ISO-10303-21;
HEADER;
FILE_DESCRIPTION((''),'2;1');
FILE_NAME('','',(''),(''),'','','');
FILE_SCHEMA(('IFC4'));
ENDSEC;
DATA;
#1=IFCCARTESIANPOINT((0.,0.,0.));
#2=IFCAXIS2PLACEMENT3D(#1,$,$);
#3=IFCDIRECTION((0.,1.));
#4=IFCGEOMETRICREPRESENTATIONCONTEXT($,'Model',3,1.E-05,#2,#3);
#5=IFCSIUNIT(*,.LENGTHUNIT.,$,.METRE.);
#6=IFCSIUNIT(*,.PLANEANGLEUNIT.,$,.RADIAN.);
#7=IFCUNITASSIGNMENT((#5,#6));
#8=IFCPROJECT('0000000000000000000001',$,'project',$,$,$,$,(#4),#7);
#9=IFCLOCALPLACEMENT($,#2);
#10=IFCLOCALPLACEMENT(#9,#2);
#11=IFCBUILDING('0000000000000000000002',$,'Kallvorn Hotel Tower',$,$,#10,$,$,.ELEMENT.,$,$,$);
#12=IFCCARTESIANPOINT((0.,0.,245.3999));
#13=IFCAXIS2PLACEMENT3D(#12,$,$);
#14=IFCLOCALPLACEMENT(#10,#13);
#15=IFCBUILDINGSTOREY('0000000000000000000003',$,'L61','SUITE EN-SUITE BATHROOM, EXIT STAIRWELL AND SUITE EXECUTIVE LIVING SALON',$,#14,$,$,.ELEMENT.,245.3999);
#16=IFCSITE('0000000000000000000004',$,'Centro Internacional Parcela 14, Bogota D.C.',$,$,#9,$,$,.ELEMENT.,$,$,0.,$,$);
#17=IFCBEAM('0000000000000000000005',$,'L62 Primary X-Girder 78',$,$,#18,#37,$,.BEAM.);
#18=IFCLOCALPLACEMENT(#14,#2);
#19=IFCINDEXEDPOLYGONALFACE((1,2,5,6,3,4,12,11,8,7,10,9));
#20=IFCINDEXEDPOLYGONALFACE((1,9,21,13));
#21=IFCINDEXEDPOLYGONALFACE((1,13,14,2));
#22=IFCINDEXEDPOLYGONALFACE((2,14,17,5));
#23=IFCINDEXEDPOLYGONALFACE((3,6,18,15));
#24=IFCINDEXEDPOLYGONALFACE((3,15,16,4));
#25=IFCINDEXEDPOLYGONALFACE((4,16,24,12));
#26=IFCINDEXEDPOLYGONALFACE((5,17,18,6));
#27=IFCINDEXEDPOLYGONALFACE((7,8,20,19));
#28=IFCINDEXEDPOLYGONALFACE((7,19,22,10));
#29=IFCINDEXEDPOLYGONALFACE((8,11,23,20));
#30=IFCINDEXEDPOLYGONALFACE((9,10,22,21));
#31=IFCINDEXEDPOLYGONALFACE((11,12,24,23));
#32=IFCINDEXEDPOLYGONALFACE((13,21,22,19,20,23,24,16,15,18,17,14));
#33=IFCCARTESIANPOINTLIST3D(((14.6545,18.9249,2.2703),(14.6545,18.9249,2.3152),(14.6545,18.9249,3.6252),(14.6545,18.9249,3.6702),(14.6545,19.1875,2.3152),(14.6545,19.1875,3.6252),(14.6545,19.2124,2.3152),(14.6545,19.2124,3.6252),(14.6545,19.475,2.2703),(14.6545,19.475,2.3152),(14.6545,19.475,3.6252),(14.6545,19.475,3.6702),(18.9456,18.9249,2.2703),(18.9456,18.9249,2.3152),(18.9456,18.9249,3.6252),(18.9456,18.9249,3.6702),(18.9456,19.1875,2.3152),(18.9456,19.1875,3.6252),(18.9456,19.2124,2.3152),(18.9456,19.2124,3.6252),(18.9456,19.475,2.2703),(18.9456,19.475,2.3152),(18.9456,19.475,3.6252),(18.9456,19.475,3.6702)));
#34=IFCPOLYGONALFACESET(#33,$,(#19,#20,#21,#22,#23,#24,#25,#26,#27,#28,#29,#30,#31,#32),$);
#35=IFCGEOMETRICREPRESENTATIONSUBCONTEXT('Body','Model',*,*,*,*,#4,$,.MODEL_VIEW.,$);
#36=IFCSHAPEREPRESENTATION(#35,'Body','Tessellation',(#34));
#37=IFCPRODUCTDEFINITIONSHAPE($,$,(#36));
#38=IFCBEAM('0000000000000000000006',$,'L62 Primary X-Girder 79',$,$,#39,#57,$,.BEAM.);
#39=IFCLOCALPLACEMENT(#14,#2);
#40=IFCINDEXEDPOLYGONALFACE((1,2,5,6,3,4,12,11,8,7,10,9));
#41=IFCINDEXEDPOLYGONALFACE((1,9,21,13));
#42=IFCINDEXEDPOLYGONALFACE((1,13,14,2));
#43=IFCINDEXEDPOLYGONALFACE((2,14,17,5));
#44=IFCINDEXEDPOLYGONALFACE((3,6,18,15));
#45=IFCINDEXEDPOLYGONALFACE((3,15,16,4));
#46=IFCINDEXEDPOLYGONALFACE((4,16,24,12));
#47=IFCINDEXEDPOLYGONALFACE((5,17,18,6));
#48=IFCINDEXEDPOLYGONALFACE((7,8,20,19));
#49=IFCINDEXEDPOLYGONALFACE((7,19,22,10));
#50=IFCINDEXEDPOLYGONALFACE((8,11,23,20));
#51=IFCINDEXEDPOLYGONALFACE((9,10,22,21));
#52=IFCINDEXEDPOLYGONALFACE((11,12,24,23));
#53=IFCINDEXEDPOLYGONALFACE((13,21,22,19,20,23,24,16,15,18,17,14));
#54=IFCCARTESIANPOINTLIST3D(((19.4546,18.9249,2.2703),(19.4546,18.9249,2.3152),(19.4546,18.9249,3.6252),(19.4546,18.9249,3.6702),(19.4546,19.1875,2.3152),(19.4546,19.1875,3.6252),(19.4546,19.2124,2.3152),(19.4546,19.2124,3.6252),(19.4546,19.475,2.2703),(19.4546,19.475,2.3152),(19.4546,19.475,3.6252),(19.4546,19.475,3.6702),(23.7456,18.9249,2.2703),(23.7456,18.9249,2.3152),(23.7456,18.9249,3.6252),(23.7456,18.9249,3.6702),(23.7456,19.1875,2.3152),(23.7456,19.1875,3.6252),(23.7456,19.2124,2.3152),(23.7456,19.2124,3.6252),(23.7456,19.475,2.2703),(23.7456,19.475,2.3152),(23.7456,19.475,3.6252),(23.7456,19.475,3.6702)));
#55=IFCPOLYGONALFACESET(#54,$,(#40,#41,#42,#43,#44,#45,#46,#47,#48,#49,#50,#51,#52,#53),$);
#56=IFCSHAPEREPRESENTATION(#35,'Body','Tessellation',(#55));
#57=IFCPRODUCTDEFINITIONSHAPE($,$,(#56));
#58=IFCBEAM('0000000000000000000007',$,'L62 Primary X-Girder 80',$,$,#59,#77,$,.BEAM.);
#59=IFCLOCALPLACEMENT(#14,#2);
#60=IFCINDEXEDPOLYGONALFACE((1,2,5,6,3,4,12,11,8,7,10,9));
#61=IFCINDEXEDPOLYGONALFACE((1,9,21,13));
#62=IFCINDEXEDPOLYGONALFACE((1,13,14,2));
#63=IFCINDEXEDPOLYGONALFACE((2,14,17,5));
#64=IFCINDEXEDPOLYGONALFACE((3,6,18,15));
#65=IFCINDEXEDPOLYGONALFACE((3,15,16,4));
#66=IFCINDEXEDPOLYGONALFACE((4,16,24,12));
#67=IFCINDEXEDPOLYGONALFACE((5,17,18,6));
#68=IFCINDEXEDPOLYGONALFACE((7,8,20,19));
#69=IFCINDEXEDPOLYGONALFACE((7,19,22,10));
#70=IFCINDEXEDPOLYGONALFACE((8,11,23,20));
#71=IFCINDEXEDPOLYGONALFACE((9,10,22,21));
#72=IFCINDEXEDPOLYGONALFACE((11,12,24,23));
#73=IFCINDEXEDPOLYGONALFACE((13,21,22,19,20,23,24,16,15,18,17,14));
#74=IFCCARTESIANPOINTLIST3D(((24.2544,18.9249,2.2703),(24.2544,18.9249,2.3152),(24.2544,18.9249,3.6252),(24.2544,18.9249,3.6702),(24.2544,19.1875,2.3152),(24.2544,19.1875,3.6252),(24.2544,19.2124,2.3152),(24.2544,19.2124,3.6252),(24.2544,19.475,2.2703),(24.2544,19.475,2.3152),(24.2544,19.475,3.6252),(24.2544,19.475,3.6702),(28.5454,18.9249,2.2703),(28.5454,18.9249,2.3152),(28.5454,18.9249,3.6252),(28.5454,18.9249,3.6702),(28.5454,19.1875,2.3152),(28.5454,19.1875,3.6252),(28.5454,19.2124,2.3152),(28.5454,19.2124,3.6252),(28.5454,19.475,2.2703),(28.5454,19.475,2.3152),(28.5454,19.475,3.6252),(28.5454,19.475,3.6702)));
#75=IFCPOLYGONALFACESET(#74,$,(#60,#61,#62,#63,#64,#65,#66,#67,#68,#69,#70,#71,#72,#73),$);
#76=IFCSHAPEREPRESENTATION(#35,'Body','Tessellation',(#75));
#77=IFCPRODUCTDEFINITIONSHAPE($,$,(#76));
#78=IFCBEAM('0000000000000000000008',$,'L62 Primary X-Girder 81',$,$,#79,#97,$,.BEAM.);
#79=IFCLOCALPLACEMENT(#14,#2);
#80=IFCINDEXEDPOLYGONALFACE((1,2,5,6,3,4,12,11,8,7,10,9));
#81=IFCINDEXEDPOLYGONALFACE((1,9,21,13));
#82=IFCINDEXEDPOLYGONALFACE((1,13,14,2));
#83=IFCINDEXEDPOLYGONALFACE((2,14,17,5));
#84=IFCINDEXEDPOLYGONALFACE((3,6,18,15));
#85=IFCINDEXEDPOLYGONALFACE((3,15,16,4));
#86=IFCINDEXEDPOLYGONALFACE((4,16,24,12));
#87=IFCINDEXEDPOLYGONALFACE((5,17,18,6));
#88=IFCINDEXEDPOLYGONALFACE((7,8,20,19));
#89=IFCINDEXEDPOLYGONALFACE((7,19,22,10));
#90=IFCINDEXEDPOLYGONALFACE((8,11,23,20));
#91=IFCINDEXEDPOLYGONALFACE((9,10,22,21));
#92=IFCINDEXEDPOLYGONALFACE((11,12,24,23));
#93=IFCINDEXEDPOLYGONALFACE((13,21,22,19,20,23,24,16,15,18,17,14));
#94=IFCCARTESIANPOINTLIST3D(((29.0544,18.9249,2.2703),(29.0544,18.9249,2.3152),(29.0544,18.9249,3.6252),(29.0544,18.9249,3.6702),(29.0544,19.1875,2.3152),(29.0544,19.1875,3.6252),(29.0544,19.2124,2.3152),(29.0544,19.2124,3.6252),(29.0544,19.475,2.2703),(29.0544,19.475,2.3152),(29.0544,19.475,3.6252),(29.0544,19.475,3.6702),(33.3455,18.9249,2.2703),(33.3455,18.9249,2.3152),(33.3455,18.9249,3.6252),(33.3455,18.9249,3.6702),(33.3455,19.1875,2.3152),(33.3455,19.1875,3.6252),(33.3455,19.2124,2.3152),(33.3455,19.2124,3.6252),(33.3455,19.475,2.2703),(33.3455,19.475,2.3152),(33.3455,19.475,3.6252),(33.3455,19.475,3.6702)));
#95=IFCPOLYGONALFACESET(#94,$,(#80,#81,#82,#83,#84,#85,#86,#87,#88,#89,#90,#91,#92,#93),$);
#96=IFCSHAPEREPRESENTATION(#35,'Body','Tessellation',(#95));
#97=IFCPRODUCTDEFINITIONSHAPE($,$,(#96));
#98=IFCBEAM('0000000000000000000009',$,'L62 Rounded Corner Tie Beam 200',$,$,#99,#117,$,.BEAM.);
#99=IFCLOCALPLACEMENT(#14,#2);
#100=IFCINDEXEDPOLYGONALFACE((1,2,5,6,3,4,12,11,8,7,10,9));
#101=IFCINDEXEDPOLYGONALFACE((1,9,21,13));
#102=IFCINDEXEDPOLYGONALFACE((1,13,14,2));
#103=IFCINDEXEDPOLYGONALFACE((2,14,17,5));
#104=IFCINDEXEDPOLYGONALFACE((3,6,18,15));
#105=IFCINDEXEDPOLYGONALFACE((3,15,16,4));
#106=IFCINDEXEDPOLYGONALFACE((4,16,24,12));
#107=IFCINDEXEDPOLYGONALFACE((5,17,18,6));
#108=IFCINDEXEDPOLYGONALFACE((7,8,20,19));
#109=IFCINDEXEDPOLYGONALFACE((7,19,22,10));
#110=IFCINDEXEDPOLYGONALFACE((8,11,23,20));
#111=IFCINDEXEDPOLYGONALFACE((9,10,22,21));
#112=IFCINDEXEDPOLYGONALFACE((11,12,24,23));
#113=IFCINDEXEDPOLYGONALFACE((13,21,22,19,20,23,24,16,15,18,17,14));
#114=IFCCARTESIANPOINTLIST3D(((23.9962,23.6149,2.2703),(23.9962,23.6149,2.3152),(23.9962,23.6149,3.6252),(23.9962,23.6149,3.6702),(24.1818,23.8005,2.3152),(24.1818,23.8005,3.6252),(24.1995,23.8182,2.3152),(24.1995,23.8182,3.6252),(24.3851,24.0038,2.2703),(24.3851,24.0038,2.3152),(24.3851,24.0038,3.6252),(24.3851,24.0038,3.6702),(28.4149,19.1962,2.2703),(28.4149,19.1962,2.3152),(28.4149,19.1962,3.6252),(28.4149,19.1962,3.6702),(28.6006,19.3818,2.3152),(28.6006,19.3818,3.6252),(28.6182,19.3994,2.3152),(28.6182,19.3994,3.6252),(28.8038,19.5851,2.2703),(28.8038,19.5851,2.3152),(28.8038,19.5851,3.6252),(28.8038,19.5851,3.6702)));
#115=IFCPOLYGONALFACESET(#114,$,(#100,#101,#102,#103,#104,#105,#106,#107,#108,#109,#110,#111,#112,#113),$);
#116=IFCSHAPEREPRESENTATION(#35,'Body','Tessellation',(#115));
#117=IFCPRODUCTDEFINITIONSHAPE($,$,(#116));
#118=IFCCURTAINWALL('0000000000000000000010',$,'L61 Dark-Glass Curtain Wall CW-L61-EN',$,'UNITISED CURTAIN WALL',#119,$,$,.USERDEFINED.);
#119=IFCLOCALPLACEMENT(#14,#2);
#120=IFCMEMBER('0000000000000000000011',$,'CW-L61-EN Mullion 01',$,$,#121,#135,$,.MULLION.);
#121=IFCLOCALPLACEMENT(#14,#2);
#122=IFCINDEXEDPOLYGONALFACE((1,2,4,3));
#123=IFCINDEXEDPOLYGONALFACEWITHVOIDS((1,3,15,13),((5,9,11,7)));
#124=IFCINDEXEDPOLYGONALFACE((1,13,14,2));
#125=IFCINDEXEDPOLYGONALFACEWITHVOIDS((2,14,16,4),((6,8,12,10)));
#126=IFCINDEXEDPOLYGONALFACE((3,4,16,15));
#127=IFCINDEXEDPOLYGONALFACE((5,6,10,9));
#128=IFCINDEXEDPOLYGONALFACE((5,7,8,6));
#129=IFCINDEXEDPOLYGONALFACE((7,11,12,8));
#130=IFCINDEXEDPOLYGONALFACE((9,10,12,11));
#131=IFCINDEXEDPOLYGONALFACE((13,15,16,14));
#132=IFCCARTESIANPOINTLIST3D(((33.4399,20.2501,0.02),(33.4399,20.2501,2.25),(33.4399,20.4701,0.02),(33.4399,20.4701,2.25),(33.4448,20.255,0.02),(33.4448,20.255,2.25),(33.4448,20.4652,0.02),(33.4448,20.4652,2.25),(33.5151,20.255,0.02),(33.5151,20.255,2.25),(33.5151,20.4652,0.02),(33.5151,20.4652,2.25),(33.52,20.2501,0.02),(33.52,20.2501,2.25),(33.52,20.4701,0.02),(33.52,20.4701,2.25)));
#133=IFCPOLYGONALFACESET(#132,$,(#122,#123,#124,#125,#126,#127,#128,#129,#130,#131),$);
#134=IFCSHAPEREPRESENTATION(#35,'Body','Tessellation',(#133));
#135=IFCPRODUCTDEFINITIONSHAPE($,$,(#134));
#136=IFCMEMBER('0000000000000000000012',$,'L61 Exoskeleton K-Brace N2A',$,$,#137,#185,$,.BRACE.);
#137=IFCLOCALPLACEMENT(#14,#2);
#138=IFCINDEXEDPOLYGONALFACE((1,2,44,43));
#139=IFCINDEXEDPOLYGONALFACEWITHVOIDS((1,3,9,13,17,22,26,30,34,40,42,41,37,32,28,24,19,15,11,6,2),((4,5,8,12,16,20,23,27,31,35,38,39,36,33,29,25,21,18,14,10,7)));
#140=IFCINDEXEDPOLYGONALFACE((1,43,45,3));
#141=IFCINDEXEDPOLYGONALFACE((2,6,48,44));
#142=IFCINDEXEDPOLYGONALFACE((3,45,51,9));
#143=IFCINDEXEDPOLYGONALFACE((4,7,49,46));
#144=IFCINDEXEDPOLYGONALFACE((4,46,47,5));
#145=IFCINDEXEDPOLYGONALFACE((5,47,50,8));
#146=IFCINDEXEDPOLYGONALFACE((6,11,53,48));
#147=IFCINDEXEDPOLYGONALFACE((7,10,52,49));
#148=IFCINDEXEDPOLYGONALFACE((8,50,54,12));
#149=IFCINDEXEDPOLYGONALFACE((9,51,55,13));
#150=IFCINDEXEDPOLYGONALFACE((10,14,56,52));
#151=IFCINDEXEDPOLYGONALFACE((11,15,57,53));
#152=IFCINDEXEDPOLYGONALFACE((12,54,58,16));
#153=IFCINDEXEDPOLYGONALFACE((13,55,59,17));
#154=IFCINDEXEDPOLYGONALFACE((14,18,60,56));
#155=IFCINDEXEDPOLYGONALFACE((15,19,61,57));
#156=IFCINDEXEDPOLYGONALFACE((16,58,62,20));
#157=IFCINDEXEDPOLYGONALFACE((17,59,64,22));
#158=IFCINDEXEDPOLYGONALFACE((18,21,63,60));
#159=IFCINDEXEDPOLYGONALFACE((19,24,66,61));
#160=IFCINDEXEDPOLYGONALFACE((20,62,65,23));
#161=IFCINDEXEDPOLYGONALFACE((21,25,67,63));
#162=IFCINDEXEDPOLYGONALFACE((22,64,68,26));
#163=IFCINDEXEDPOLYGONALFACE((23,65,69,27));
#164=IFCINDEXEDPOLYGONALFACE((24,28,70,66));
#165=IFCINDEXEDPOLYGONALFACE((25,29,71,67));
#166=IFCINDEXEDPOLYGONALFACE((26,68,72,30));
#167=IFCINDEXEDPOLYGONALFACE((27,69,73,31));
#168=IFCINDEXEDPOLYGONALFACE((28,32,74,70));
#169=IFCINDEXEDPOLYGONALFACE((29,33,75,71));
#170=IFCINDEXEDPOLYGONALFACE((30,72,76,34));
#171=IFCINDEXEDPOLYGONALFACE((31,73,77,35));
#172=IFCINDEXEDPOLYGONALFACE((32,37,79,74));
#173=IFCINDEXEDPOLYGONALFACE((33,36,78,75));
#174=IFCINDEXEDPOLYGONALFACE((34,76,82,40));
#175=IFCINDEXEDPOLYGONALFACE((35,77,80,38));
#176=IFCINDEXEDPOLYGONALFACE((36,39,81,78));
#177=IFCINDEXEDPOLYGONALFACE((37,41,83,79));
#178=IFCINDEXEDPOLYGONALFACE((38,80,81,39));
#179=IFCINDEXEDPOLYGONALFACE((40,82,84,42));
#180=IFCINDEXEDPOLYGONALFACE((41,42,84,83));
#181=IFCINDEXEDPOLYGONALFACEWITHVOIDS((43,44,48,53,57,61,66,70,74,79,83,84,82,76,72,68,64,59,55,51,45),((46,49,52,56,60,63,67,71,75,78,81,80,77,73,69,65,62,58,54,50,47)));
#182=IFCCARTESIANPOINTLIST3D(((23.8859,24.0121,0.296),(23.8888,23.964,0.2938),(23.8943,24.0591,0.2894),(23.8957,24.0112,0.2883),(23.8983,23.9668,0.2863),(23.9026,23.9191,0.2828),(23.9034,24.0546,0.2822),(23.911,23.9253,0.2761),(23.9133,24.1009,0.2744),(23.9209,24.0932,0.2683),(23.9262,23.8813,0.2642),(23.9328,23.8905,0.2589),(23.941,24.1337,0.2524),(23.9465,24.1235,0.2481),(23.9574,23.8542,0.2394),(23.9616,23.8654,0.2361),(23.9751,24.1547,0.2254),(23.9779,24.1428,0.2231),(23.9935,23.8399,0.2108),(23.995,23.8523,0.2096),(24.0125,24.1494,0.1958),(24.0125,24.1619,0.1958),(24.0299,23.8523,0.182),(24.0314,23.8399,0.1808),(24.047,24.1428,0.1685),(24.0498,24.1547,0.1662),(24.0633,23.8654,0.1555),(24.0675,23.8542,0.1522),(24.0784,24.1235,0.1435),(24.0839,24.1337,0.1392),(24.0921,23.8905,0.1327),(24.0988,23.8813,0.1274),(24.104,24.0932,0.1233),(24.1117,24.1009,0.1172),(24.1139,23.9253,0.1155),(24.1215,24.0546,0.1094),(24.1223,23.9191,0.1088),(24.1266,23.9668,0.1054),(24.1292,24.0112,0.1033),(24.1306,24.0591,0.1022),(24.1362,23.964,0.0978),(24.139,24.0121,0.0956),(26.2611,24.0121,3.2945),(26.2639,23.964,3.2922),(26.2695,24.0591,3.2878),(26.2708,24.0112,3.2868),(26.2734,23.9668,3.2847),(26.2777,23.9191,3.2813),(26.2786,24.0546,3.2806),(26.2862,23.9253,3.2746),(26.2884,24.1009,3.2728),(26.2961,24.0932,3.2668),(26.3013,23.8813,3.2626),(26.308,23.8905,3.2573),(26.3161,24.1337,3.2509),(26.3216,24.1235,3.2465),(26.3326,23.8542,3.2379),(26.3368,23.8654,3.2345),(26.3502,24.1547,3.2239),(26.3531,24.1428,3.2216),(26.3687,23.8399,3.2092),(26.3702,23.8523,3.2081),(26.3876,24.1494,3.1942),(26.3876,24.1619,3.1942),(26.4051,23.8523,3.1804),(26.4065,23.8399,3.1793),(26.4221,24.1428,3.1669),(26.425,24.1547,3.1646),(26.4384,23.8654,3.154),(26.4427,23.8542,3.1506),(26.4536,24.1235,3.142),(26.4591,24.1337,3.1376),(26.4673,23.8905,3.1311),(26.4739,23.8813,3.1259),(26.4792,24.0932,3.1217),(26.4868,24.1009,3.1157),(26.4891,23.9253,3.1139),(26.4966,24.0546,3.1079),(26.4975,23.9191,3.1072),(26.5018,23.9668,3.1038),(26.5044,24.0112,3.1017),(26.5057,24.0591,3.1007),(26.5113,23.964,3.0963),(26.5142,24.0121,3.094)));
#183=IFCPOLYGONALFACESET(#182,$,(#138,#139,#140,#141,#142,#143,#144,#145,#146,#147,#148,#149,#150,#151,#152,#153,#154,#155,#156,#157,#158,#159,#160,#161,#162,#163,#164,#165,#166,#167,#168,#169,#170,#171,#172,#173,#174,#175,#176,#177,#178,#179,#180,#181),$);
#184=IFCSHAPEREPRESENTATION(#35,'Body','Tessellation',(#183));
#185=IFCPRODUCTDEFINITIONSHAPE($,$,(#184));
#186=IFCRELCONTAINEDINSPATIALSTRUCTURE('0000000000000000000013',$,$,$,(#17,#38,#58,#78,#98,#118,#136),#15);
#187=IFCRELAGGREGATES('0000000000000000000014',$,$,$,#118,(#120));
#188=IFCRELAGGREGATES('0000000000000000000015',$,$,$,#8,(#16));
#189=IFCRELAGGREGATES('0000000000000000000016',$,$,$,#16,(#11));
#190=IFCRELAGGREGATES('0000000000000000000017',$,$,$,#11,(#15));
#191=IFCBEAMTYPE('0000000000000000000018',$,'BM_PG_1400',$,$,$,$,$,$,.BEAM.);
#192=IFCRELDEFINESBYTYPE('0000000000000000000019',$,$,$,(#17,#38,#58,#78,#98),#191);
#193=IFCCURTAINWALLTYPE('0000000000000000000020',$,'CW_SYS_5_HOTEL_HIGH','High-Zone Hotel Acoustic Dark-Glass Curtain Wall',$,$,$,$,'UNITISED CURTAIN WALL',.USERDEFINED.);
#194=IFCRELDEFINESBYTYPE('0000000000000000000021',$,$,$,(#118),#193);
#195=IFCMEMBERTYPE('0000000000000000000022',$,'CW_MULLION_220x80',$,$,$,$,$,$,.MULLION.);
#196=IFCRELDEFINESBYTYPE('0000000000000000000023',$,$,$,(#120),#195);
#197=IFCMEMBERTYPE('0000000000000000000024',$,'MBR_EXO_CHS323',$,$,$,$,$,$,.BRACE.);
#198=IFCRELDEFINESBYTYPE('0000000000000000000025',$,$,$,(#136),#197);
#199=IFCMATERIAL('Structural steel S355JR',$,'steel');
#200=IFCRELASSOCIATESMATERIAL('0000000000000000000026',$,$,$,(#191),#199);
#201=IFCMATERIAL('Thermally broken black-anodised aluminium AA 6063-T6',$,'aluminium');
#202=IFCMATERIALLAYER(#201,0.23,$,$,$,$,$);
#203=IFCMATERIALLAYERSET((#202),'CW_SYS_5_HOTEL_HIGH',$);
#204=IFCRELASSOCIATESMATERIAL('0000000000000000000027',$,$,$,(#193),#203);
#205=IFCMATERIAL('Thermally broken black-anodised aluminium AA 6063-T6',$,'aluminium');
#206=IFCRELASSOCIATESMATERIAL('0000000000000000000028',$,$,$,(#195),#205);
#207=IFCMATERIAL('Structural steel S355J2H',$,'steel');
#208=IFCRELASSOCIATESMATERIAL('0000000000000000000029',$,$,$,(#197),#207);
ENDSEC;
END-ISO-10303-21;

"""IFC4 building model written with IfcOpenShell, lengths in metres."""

from ifc_helpers import new_model, si_unit, direction, frame, origin, origin_2d, place, context, subcontext, project, spatial, hollow_rectangle, hollow_circle, i_section, extrude, material, layer, layer_set, material_profile, profile_set, type_object, element, aggregate, save


model = new_model("IFC4")

# Units and contexts
model_context = context("Model", 3, precision=1e-05, world=origin(), true_north=direction((0.0, 1.0)))
body_context = subcontext(model_context, "Body", "Model", "MODEL_VIEW")
ifc_project = project(units=[si_unit("LENGTHUNIT", "METRE"), si_unit("PLANEANGLEUNIT", "RADIAN")], contexts=[model_context])

# Site, building, storey
site_placement = place(None, origin())
site = spatial("IfcSite", under=ifc_project, at=site_placement, Name="Centro Internacional Parcela 14, Bogota D.C.", CompositionType="ELEMENT", RefElevation=0.0)
building_placement = place(site_placement, origin())
building = spatial("IfcBuilding", under=site, at=building_placement, Name="Kallvorn Hotel Tower", CompositionType="ELEMENT")
storey_placement = place(building_placement, frame((0.0, 0.0, 245.3999)))
storey = spatial("IfcBuildingStorey", under=building, at=storey_placement, Name="L61", Description="SUITE EN-SUITE BATHROOM, EXIT STAIRWELL AND SUITE EXECUTIVE LIVING SALON", CompositionType="ELEMENT", Elevation=245.3999)

# Beams
ifc_material_1 = material(Name="Structural steel S355JR", Category="steel")
ifc_material_profile_1 = material_profile(ifc_material_1, i_section(OverallWidth=0.55, OverallDepth=1.3999, WebThickness=0.0249, FlangeThickness=0.0449, at=origin_2d()), Name="PG 1400x550x25x45")
ifc_profile_set_1 = profile_set([ifc_material_profile_1], Name="Structural steel S355JR")
beam_type_1 = type_object("IfcBeamType", Name="BM_PG_1400", PredefinedType="BEAM", material=ifc_profile_set_1)
for number, where, z_axis, x_axis, name in (
    (1, (14.6545, 19.2, 2.9702), (1.0, 0.0, 0.0), (0.0, 1.0, 0.0), "L62 Primary X-Girder 78"),
    (2, (19.4546, 19.2, 2.9702), (1.0, 0.0, 0.0), (0.0, 1.0, 0.0), "L62 Primary X-Girder 79"),
    (3, (24.2544, 19.2, 2.9702), (1.0, 0.0, 0.0), (0.0, 1.0, 0.0), "L62 Primary X-Girder 80"),
    (4, (29.0544, 19.2, 2.9702), (1.0, 0.0, 0.0), (0.0, 1.0, 0.0), "L62 Primary X-Girder 81"),
):
    element("IfcBeam", number, at=place(storey_placement, frame(where, z_axis=z_axis, x_axis=x_axis)), inside=storey, type_object=beam_type_1, Name=name, PredefinedType="BEAM", context=body_context, shape_type="SweptSolid", body=[
        extrude(i_section(OverallWidth=0.55, OverallDepth=1.3999, WebThickness=0.0249, FlangeThickness=0.0449, at=origin_2d()), origin(), (0.0, 0.0, 1.0), 4.291),
    ])
beam_1_placement = place(storey_placement, frame((28.6094, 19.3906, 2.9702), z_axis=(-0.707107, 0.707107, 0.0), x_axis=(-0.707107, -0.707107, 0.0)))
element("IfcBeam", 5, at=beam_1_placement, inside=storey, type_object=beam_type_1, Name="L62 Rounded Corner Tie Beam 200", PredefinedType="BEAM", context=body_context, shape_type="SweptSolid", body=[
    extrude(i_section(OverallWidth=0.55, OverallDepth=1.3999, WebThickness=0.0249, FlangeThickness=0.0449, at=origin_2d()), origin(), (0.0, 0.0, 1.0), 6.249),
])

# Curtain wall, member
ifc_material_2 = material(Name="Thermally broken black-anodised aluminium AA 6063-T6", Category="aluminium")
ifc_layer_1 = layer(ifc_material_2, 0.23)
ifc_layer_set_1 = layer_set([ifc_layer_1], Name="CW_SYS_5_HOTEL_HIGH")
curtain_wall_type = type_object("IfcCurtainWallType", Name="CW_SYS_5_HOTEL_HIGH", Description="High-Zone Hotel Acoustic Dark-Glass Curtain Wall", ElementType="UNITISED CURTAIN WALL", PredefinedType="USERDEFINED", material=ifc_layer_set_1)
curtain_wall_placement = place(storey_placement, origin())
curtain_wall = element("IfcCurtainWall", 6, at=curtain_wall_placement, inside=storey, type_object=curtain_wall_type, Name="L61 Dark-Glass Curtain Wall CW-L61-EN", ObjectType="UNITISED CURTAIN WALL", PredefinedType="USERDEFINED")
ifc_material_3 = material(Name="Thermally broken black-anodised aluminium AA 6063-T6", Category="aluminium")
ifc_material_profile_2 = material_profile(ifc_material_3, hollow_rectangle(XDim=0.0801, YDim=0.22, WallThickness=0.0049, at=origin_2d()), Name="MUL 220x80")
ifc_profile_set_2 = profile_set([ifc_material_profile_2], Name="Thermally broken black-anodised aluminium AA 6063-T6")
member_type_1 = type_object("IfcMemberType", Name="CW_MULLION_220x80", PredefinedType="MULLION", material=ifc_profile_set_2)
member_placement = place(storey_placement, frame((33.48, 20.3601, 0.02), z_axis=(0.0, 0.0, 1.0), x_axis=(1.0, 0.0, 0.0)))
member = element("IfcMember", 7, at=member_placement, type_object=member_type_1, Name="CW-L61-EN Mullion 01", PredefinedType="MULLION", context=body_context, shape_type="SweptSolid", body=[
    extrude(hollow_rectangle(XDim=0.0801, YDim=0.22, WallThickness=0.0049, at=origin_2d()), origin(), (0.0, 0.0, 1.0), 2.23),
])
aggregate(curtain_wall, [member])

# Member
ifc_material_4 = material(Name="Structural steel S355J2H", Category="steel")
ifc_material_profile_3 = material_profile(ifc_material_4, hollow_circle(Radius=0.1619, WallThickness=0.0125, at=origin_2d()), Name="CHS 323.9x12.5")
ifc_profile_set_3 = profile_set([ifc_material_profile_3], Name="Structural steel S355J2H")
member_type_2 = type_object("IfcMemberType", Name="MBR_EXO_CHS323", PredefinedType="BRACE", material=ifc_profile_set_3)
for number, where, z_axis, x_axis, name in (
    (8, (24.0125, 24.0, 0.1958), (0.620929, 0.0, 0.783867), (0.0, 1.0, 0.0), "L61 Exoskeleton K-Brace N2A"),
):
    element("IfcMember", number, at=place(storey_placement, frame(where, z_axis=z_axis, x_axis=x_axis)), inside=storey, type_object=member_type_2, Name=name, PredefinedType="BRACE", context=body_context, shape_type="SweptSolid", body=[
        extrude(hollow_circle(Radius=0.1619, WallThickness=0.0125, at=origin_2d()), origin(), (0.0, 0.0, 1.0), 3.8252),
    ])

save(model, "model.ifc")
